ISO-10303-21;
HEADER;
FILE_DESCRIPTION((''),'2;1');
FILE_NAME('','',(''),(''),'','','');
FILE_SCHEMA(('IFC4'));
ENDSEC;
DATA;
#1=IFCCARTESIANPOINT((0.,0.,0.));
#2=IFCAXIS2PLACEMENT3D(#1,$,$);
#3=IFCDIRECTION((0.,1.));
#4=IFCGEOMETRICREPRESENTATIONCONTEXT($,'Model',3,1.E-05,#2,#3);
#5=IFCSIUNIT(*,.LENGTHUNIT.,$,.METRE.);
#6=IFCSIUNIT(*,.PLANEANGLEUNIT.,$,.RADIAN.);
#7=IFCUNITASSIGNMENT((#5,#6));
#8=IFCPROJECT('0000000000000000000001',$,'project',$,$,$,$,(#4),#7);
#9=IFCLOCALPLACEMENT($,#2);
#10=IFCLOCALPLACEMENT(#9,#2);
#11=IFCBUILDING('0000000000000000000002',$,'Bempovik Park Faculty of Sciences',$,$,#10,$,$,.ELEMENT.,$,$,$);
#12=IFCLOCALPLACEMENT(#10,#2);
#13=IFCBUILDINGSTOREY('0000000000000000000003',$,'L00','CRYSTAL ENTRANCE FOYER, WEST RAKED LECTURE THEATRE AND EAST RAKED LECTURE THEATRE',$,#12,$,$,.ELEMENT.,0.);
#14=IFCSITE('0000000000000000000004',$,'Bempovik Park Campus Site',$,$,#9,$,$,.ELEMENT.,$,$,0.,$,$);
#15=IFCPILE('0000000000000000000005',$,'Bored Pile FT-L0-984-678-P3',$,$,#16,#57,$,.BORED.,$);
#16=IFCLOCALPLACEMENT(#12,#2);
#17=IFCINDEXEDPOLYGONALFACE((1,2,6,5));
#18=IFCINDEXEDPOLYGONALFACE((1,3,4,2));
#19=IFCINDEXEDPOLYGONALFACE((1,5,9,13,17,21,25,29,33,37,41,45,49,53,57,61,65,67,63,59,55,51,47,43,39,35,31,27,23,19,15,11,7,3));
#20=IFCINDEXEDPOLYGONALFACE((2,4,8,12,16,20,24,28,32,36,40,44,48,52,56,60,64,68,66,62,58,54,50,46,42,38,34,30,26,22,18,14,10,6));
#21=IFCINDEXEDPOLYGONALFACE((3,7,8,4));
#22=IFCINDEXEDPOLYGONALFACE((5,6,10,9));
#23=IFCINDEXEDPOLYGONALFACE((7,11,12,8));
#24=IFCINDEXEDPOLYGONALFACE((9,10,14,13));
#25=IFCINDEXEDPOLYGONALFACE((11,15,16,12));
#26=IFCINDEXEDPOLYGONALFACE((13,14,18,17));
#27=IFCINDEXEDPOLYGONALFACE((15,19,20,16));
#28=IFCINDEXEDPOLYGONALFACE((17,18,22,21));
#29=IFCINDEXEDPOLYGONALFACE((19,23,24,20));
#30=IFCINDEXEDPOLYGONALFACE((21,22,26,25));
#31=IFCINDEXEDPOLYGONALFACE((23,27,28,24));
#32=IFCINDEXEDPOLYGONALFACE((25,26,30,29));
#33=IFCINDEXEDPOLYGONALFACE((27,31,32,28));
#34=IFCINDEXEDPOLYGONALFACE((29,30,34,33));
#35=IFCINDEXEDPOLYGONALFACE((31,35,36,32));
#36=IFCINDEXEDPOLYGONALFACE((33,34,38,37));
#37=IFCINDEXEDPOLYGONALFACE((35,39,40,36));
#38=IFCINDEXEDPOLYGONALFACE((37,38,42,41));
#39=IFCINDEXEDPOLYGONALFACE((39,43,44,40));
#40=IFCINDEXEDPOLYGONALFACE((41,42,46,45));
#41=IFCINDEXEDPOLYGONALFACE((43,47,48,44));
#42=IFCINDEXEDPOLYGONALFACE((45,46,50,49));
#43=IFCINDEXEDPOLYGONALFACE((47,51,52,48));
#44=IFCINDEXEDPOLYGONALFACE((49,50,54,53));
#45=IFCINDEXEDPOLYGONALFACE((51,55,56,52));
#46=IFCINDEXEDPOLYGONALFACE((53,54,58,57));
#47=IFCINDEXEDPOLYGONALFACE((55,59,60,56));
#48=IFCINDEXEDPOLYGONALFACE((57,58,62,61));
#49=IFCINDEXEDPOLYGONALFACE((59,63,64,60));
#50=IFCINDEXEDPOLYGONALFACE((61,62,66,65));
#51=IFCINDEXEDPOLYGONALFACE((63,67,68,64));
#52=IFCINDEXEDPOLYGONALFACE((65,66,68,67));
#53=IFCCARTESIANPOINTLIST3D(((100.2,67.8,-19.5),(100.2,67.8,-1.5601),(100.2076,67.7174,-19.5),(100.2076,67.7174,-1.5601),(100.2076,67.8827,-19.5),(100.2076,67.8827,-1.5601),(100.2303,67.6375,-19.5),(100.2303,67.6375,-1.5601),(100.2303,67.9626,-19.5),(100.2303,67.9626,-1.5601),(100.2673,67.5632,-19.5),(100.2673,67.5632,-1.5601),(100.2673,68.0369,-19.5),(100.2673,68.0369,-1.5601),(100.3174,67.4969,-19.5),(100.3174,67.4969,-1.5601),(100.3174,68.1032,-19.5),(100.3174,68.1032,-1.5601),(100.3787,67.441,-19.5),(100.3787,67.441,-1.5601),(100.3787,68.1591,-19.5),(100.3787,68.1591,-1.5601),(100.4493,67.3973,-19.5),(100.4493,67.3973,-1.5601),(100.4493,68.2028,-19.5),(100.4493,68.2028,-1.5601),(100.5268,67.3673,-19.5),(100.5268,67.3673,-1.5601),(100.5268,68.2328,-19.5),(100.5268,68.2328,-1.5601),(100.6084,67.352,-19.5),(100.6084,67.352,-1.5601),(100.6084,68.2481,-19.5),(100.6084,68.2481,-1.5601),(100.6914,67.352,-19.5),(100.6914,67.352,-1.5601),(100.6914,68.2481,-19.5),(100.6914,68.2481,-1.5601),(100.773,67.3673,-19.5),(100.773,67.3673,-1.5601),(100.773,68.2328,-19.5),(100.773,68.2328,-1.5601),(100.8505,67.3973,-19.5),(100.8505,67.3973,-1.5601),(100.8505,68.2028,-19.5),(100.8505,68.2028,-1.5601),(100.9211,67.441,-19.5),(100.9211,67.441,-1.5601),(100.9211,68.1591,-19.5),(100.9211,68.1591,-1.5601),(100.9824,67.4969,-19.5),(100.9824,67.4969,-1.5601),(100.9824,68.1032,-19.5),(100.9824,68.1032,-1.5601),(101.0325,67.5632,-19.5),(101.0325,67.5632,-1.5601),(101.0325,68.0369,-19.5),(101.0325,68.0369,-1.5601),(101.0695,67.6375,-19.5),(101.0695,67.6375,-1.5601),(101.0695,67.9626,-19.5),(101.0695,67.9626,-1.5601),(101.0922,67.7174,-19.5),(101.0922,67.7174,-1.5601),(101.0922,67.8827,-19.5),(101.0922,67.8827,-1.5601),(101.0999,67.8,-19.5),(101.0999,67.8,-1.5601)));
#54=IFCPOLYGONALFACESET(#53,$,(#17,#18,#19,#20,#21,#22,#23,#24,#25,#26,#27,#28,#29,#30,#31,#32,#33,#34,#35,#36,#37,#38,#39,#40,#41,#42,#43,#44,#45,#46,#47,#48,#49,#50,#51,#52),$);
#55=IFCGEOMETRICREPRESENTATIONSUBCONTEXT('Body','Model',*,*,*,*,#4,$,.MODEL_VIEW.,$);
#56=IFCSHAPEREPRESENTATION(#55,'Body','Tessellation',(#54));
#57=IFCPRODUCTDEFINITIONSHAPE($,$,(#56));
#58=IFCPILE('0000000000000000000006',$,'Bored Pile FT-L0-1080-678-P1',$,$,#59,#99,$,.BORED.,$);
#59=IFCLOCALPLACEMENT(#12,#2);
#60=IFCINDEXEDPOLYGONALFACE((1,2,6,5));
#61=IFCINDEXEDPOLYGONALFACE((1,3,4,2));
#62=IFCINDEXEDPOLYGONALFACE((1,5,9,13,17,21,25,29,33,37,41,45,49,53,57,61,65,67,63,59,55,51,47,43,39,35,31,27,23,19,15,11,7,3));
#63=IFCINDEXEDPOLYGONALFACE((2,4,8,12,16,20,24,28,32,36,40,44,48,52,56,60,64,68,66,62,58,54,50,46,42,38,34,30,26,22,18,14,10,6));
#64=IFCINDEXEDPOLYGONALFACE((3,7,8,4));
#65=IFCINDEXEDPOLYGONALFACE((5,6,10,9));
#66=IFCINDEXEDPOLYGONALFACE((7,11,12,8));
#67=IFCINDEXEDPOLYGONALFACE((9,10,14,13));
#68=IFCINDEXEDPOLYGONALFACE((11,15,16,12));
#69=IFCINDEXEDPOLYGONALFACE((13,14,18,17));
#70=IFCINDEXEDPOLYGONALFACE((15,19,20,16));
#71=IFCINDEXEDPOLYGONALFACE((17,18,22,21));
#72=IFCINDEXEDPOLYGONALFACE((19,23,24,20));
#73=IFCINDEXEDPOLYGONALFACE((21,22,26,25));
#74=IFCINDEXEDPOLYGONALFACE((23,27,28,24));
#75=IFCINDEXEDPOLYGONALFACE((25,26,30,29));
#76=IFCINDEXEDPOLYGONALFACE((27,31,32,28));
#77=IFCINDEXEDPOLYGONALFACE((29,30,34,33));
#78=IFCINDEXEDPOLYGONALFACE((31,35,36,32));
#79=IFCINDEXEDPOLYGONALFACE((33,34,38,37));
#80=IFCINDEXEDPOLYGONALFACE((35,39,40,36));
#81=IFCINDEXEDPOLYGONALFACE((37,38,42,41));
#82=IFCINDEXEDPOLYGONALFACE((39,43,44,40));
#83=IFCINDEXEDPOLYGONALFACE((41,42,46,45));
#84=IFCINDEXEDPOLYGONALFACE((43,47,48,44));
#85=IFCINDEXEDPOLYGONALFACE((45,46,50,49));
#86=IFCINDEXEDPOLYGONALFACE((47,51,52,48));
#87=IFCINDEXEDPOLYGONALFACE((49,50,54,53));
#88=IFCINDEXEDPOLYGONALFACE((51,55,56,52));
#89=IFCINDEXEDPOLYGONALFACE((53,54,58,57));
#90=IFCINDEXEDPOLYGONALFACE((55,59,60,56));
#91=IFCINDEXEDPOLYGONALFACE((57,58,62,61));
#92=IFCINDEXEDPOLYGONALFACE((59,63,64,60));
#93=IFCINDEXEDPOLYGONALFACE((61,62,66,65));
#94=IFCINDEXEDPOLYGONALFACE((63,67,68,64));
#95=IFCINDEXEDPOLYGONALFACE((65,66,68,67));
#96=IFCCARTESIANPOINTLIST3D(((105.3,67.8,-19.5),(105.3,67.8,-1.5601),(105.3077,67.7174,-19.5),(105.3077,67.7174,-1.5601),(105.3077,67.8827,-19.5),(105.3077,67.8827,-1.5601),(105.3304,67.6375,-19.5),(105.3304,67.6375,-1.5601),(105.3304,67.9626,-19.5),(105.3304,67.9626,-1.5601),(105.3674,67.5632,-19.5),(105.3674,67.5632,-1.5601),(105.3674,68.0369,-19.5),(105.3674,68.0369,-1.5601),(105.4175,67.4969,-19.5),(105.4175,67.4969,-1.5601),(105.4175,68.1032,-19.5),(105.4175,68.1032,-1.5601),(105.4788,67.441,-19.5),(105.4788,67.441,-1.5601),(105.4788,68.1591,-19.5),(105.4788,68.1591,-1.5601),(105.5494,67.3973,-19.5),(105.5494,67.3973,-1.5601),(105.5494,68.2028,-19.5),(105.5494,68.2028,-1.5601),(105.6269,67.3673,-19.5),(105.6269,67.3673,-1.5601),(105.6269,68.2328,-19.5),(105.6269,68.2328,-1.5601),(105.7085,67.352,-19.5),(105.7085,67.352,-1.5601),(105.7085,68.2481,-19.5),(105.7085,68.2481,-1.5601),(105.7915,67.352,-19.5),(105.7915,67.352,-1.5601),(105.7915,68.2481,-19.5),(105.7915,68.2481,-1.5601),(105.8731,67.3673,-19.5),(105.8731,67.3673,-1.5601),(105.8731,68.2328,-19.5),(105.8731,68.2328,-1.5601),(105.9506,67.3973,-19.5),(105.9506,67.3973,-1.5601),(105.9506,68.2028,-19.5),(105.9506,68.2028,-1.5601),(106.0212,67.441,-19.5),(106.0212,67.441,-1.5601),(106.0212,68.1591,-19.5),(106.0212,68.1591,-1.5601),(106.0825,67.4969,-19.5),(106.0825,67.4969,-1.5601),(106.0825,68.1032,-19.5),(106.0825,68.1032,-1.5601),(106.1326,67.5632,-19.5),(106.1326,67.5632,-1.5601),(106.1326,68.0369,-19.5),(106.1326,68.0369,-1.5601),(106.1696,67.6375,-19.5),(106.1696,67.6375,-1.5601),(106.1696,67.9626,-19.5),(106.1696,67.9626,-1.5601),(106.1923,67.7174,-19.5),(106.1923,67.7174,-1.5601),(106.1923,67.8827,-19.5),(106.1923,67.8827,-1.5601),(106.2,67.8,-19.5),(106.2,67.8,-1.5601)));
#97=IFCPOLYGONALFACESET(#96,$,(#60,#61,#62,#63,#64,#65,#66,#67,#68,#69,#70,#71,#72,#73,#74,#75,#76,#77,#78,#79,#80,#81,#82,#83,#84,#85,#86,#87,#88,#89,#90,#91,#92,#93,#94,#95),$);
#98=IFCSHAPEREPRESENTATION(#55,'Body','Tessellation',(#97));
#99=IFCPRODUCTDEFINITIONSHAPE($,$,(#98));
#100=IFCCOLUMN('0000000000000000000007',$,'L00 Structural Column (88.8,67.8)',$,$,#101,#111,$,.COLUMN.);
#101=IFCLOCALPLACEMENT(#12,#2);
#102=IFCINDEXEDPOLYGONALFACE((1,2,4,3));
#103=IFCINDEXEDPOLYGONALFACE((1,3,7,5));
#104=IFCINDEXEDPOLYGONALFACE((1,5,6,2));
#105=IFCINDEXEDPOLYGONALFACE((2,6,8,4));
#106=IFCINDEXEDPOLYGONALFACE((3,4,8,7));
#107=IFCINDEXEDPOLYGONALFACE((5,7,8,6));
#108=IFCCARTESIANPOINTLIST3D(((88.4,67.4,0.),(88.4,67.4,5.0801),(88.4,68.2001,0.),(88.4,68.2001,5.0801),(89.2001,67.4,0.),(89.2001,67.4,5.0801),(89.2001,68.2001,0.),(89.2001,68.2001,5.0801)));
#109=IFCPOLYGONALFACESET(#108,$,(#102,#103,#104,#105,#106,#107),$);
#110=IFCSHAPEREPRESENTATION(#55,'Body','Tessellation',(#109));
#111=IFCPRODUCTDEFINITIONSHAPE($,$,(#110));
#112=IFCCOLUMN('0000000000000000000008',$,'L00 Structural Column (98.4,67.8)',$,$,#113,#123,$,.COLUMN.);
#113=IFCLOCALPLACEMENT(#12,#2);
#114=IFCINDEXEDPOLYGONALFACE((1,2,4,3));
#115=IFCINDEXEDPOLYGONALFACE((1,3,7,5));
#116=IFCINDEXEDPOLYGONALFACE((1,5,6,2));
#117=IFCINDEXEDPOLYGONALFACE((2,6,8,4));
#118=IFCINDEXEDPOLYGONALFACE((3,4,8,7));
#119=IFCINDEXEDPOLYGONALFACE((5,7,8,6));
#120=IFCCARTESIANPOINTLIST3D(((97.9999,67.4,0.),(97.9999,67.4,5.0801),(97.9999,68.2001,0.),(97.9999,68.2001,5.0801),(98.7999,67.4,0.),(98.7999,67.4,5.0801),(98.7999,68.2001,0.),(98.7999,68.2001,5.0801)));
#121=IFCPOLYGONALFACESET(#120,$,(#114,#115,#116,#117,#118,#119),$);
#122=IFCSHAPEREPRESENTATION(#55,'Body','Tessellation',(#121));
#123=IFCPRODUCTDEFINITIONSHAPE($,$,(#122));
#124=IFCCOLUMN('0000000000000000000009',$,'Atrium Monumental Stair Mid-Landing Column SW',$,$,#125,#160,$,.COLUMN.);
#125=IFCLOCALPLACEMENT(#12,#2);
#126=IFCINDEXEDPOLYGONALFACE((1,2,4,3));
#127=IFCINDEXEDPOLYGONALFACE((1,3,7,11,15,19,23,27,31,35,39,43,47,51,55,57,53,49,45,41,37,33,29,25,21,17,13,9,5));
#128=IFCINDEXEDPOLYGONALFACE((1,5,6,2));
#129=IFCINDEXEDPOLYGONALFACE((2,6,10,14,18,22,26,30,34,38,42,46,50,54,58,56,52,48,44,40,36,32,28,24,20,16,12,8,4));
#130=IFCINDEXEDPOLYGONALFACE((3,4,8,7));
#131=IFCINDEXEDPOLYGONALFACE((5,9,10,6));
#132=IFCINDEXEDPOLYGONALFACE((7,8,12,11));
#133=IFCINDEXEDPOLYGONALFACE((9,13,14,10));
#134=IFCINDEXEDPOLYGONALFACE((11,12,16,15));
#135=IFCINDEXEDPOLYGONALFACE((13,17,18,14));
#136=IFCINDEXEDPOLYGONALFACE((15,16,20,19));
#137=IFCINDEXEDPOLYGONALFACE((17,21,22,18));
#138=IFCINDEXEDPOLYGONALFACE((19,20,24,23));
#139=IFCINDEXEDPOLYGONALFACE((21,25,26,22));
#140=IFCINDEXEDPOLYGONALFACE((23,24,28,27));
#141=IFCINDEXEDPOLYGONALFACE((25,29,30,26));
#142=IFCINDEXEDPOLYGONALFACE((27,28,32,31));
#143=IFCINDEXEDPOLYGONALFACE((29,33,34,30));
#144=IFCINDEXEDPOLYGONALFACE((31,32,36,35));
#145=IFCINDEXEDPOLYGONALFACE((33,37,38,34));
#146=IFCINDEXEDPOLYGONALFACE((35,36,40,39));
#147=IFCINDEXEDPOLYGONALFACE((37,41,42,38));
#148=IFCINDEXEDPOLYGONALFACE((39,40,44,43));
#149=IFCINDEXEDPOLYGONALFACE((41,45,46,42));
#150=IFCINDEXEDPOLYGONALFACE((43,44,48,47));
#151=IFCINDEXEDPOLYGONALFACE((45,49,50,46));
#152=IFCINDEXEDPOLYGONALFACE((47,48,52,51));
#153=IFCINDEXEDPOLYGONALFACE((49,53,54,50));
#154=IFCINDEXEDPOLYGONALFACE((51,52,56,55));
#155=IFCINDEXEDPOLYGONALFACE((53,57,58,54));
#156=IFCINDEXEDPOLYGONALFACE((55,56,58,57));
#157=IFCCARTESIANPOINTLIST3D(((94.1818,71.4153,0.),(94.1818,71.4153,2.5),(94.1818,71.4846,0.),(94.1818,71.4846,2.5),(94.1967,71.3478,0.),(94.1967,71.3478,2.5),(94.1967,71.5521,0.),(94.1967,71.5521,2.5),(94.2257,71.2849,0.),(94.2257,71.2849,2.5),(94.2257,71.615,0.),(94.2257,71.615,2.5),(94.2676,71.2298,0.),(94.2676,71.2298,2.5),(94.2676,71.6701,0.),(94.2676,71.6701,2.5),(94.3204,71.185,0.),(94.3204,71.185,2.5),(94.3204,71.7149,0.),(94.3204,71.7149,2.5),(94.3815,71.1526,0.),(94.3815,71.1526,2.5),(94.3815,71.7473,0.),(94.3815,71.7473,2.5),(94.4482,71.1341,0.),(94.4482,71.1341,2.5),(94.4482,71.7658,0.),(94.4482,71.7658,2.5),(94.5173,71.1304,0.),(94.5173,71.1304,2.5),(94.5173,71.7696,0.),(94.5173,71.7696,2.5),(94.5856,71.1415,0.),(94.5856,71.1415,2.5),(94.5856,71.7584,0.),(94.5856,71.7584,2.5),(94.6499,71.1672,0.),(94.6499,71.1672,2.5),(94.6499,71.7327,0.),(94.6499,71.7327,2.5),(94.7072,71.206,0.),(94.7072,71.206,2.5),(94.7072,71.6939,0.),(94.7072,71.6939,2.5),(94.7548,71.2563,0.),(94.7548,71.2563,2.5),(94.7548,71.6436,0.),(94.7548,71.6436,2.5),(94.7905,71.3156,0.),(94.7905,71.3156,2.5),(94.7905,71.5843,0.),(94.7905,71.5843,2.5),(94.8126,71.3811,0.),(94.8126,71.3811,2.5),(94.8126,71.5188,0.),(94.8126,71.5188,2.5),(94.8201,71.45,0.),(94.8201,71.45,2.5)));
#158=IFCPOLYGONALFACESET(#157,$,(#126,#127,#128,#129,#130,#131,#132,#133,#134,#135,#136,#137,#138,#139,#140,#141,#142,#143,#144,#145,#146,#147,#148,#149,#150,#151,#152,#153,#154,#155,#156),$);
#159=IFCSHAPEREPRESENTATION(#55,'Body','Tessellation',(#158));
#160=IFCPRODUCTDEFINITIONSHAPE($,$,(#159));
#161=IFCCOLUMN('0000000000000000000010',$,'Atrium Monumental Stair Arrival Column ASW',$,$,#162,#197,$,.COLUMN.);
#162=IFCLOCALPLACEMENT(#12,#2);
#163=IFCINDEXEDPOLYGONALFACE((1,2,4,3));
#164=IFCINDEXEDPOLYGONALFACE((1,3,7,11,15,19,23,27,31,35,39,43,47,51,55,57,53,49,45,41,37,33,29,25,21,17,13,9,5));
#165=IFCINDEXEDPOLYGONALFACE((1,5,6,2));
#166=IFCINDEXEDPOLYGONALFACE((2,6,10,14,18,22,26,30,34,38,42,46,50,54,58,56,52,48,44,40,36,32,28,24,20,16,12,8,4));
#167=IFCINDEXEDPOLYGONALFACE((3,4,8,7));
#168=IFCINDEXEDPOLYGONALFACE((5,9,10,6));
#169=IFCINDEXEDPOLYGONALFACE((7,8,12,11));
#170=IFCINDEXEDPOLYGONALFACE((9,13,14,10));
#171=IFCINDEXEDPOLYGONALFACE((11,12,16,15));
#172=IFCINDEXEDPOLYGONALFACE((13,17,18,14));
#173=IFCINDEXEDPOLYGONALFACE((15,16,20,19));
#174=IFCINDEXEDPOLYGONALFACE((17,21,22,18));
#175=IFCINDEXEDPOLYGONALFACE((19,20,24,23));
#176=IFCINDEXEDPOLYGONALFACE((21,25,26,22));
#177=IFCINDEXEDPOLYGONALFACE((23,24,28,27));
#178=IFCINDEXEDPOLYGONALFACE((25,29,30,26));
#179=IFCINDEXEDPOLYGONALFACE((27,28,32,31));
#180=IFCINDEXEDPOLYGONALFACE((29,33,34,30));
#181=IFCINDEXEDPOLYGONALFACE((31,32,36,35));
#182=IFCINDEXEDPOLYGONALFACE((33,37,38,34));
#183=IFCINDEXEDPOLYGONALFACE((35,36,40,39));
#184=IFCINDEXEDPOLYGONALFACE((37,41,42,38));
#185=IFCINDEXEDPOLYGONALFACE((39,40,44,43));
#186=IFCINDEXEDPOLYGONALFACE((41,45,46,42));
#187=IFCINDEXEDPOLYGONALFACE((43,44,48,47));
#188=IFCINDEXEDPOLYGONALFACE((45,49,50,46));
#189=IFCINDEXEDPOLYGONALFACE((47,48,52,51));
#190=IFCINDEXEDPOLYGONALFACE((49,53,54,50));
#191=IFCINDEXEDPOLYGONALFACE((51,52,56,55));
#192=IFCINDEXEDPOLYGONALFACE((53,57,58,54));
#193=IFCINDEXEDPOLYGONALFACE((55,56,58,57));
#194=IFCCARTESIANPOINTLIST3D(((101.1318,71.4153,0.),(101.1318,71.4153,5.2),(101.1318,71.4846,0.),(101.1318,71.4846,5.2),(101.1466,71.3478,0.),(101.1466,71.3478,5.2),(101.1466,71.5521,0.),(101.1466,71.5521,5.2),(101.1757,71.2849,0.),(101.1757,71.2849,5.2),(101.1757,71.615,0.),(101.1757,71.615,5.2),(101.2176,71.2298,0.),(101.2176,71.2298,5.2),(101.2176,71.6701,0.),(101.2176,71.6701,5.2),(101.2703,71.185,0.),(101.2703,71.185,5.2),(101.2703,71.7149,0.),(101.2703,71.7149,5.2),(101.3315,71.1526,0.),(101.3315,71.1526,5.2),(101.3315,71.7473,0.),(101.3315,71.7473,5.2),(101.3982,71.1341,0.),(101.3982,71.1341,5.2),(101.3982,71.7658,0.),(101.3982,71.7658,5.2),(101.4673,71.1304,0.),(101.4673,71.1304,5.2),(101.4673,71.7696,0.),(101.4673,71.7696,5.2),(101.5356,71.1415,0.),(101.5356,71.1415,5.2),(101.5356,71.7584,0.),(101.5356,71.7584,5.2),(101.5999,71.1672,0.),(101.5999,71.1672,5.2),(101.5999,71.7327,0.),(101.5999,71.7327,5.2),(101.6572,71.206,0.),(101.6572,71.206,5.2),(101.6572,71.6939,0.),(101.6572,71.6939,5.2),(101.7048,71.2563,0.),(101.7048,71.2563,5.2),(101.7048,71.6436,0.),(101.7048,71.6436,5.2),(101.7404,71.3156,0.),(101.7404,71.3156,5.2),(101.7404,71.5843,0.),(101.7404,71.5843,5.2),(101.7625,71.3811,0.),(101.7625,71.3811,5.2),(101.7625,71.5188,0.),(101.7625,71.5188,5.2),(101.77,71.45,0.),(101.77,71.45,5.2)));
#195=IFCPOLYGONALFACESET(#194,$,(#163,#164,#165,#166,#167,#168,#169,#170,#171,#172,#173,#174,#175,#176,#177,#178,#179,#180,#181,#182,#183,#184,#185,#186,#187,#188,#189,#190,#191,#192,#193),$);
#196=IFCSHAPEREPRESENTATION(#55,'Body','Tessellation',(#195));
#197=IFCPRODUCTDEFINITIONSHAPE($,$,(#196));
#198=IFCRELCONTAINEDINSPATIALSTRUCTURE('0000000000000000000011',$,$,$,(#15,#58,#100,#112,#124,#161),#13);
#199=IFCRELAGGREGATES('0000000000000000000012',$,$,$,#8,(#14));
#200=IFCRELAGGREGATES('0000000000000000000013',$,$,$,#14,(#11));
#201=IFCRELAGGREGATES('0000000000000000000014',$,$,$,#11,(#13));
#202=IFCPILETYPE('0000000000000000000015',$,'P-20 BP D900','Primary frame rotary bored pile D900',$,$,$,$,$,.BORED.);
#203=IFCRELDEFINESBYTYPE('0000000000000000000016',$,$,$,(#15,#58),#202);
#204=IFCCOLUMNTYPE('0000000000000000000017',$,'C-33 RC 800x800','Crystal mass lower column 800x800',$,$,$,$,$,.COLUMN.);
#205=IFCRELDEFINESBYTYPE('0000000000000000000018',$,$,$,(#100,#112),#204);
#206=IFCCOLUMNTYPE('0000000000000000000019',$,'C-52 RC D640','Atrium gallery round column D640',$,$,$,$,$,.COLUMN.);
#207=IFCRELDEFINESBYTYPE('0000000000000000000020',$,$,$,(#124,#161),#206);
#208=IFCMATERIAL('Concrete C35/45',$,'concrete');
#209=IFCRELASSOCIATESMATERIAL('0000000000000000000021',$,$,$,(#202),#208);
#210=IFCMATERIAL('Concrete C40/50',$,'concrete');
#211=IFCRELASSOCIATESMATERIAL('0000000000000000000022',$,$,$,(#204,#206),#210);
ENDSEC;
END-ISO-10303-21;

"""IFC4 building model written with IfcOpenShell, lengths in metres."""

from ifc_helpers import new_model, si_unit, direction, frame, origin, origin_2d, place, context, subcontext, project, spatial, rectangle, circle, extrude, material, material_profile, profile_set, type_object, element, save


model = new_model("IFC4")

# Units and contexts
model_context = context("Model", 3, precision=1e-05, world=origin(), true_north=direction((0.0, 1.0)))
body_context = subcontext(model_context, "Body", "Model", "MODEL_VIEW")
ifc_project = project(units=[si_unit("LENGTHUNIT", "METRE"), si_unit("PLANEANGLEUNIT", "RADIAN")], contexts=[model_context])

# Site, building, storey
site_placement = place(None, origin())
site = spatial("IfcSite", under=ifc_project, at=site_placement, Name="Bempovik Park Campus Site", CompositionType="ELEMENT", RefElevation=0.0)
building_placement = place(site_placement, origin())
building = spatial("IfcBuilding", under=site, at=building_placement, Name="Bempovik Park Faculty of Sciences", CompositionType="ELEMENT")
storey_placement = place(building_placement, origin())
storey = spatial("IfcBuildingStorey", under=building, at=storey_placement, Name="L00", Description="CRYSTAL ENTRANCE FOYER, WEST RAKED LECTURE THEATRE AND EAST RAKED LECTURE THEATRE", CompositionType="ELEMENT", Elevation=0.0)

# Shared definitions
ifc_material_1 = material(Name="Concrete C35/45", Category="concrete")

# Piles
ifc_material_profile_1 = material_profile(ifc_material_1, circle(Radius=0.45, at=origin_2d()), Name="BP D900")
ifc_profile_set_1 = profile_set([ifc_material_profile_1], Name="Concrete C35/45")
pile_type_1 = type_object("IfcPileType", Name="P-20 BP D900", Description="Primary frame rotary bored pile D900", PredefinedType="BORED", material=ifc_profile_set_1)
for number, where, z_axis, x_axis, name in (
    (1, (100.6499, 67.8, -1.5601), (0.0, 0.0, -1.0), (1.0, 0.0, 0.0), "Bored Pile FT-L0-984-678-P3"),
    (2, (105.75, 67.8, -1.5601), (0.0, 0.0, -1.0), (1.0, 0.0, 0.0), "Bored Pile FT-L0-1080-678-P1"),
):
    element("IfcPile", number, at=place(storey_placement, frame(where, z_axis=z_axis, x_axis=x_axis)), inside=storey, type_object=pile_type_1, Name=name, PredefinedType="BORED", context=body_context, shape_type="SweptSolid", body=[
        extrude(circle(Radius=0.45, at=origin_2d()), origin(), (0.0, 0.0, 1.0), 17.9399),
    ])

# Columns
ifc_material_2 = material(Name="Concrete C40/50", Category="concrete")
ifc_material_profile_2 = material_profile(ifc_material_2, rectangle(XDim=0.8, YDim=0.8, at=origin_2d()), Name="RC 800x800")
ifc_profile_set_2 = profile_set([ifc_material_profile_2], Name="Concrete C40/50")
column_type_1 = type_object("IfcColumnType", Name="C-33 RC 800x800", Description="Crystal mass lower column 800x800", PredefinedType="COLUMN", material=ifc_profile_set_2)
for number, where, z_axis, x_axis, name in (
    (3, (88.8, 67.8, 0.0), (0.0, 0.0, 1.0), (1.0, 0.0, 0.0), "L00 Structural Column (88.8,67.8)"),
    (4, (98.3999, 67.8, 0.0), (0.0, 0.0, 1.0), (1.0, 0.0, 0.0), "L00 Structural Column (98.4,67.8)"),
):
    element("IfcColumn", number, at=place(storey_placement, frame(where, z_axis=z_axis, x_axis=x_axis)), inside=storey, type_object=column_type_1, Name=name, PredefinedType="COLUMN", context=body_context, shape_type="SweptSolid", body=[
        extrude(rectangle(XDim=0.8, YDim=0.8, at=origin_2d()), origin(), (0.0, 0.0, 1.0), 5.0801),
    ])
ifc_material_profile_3 = material_profile(ifc_material_2, circle(Radius=0.3201, at=origin_2d()), Name="RC D640")
ifc_profile_set_3 = profile_set([ifc_material_profile_3], Name="Concrete C40/50")
column_type_2 = type_object("IfcColumnType", Name="C-52 RC D640", Description="Atrium gallery round column D640", PredefinedType="COLUMN", material=ifc_profile_set_3)
column_1_placement = place(storey_placement, frame((94.5, 71.45, 0.0), z_axis=(0.0, 0.0, 1.0), x_axis=(1.0, 0.0, 0.0)))
element("IfcColumn", 5, at=column_1_placement, inside=storey, type_object=column_type_2, Name="Atrium Monumental Stair Mid-Landing Column SW", PredefinedType="COLUMN", context=body_context, shape_type="SweptSolid", body=[
    extrude(circle(Radius=0.3201, at=origin_2d()), origin(), (0.0, 0.0, 1.0), 2.5),
])
column_2_placement = place(storey_placement, frame((101.45, 71.45, 0.0), z_axis=(0.0, 0.0, 1.0), x_axis=(1.0, 0.0, 0.0)))
element("IfcColumn", 6, at=column_2_placement, inside=storey, type_object=column_type_2, Name="Atrium Monumental Stair Arrival Column ASW", PredefinedType="COLUMN", context=body_context, shape_type="SweptSolid", body=[
    extrude(circle(Radius=0.3201, at=origin_2d()), origin(), (0.0, 0.0, 1.0), 5.2),
])

save(model, "model.ifc")
